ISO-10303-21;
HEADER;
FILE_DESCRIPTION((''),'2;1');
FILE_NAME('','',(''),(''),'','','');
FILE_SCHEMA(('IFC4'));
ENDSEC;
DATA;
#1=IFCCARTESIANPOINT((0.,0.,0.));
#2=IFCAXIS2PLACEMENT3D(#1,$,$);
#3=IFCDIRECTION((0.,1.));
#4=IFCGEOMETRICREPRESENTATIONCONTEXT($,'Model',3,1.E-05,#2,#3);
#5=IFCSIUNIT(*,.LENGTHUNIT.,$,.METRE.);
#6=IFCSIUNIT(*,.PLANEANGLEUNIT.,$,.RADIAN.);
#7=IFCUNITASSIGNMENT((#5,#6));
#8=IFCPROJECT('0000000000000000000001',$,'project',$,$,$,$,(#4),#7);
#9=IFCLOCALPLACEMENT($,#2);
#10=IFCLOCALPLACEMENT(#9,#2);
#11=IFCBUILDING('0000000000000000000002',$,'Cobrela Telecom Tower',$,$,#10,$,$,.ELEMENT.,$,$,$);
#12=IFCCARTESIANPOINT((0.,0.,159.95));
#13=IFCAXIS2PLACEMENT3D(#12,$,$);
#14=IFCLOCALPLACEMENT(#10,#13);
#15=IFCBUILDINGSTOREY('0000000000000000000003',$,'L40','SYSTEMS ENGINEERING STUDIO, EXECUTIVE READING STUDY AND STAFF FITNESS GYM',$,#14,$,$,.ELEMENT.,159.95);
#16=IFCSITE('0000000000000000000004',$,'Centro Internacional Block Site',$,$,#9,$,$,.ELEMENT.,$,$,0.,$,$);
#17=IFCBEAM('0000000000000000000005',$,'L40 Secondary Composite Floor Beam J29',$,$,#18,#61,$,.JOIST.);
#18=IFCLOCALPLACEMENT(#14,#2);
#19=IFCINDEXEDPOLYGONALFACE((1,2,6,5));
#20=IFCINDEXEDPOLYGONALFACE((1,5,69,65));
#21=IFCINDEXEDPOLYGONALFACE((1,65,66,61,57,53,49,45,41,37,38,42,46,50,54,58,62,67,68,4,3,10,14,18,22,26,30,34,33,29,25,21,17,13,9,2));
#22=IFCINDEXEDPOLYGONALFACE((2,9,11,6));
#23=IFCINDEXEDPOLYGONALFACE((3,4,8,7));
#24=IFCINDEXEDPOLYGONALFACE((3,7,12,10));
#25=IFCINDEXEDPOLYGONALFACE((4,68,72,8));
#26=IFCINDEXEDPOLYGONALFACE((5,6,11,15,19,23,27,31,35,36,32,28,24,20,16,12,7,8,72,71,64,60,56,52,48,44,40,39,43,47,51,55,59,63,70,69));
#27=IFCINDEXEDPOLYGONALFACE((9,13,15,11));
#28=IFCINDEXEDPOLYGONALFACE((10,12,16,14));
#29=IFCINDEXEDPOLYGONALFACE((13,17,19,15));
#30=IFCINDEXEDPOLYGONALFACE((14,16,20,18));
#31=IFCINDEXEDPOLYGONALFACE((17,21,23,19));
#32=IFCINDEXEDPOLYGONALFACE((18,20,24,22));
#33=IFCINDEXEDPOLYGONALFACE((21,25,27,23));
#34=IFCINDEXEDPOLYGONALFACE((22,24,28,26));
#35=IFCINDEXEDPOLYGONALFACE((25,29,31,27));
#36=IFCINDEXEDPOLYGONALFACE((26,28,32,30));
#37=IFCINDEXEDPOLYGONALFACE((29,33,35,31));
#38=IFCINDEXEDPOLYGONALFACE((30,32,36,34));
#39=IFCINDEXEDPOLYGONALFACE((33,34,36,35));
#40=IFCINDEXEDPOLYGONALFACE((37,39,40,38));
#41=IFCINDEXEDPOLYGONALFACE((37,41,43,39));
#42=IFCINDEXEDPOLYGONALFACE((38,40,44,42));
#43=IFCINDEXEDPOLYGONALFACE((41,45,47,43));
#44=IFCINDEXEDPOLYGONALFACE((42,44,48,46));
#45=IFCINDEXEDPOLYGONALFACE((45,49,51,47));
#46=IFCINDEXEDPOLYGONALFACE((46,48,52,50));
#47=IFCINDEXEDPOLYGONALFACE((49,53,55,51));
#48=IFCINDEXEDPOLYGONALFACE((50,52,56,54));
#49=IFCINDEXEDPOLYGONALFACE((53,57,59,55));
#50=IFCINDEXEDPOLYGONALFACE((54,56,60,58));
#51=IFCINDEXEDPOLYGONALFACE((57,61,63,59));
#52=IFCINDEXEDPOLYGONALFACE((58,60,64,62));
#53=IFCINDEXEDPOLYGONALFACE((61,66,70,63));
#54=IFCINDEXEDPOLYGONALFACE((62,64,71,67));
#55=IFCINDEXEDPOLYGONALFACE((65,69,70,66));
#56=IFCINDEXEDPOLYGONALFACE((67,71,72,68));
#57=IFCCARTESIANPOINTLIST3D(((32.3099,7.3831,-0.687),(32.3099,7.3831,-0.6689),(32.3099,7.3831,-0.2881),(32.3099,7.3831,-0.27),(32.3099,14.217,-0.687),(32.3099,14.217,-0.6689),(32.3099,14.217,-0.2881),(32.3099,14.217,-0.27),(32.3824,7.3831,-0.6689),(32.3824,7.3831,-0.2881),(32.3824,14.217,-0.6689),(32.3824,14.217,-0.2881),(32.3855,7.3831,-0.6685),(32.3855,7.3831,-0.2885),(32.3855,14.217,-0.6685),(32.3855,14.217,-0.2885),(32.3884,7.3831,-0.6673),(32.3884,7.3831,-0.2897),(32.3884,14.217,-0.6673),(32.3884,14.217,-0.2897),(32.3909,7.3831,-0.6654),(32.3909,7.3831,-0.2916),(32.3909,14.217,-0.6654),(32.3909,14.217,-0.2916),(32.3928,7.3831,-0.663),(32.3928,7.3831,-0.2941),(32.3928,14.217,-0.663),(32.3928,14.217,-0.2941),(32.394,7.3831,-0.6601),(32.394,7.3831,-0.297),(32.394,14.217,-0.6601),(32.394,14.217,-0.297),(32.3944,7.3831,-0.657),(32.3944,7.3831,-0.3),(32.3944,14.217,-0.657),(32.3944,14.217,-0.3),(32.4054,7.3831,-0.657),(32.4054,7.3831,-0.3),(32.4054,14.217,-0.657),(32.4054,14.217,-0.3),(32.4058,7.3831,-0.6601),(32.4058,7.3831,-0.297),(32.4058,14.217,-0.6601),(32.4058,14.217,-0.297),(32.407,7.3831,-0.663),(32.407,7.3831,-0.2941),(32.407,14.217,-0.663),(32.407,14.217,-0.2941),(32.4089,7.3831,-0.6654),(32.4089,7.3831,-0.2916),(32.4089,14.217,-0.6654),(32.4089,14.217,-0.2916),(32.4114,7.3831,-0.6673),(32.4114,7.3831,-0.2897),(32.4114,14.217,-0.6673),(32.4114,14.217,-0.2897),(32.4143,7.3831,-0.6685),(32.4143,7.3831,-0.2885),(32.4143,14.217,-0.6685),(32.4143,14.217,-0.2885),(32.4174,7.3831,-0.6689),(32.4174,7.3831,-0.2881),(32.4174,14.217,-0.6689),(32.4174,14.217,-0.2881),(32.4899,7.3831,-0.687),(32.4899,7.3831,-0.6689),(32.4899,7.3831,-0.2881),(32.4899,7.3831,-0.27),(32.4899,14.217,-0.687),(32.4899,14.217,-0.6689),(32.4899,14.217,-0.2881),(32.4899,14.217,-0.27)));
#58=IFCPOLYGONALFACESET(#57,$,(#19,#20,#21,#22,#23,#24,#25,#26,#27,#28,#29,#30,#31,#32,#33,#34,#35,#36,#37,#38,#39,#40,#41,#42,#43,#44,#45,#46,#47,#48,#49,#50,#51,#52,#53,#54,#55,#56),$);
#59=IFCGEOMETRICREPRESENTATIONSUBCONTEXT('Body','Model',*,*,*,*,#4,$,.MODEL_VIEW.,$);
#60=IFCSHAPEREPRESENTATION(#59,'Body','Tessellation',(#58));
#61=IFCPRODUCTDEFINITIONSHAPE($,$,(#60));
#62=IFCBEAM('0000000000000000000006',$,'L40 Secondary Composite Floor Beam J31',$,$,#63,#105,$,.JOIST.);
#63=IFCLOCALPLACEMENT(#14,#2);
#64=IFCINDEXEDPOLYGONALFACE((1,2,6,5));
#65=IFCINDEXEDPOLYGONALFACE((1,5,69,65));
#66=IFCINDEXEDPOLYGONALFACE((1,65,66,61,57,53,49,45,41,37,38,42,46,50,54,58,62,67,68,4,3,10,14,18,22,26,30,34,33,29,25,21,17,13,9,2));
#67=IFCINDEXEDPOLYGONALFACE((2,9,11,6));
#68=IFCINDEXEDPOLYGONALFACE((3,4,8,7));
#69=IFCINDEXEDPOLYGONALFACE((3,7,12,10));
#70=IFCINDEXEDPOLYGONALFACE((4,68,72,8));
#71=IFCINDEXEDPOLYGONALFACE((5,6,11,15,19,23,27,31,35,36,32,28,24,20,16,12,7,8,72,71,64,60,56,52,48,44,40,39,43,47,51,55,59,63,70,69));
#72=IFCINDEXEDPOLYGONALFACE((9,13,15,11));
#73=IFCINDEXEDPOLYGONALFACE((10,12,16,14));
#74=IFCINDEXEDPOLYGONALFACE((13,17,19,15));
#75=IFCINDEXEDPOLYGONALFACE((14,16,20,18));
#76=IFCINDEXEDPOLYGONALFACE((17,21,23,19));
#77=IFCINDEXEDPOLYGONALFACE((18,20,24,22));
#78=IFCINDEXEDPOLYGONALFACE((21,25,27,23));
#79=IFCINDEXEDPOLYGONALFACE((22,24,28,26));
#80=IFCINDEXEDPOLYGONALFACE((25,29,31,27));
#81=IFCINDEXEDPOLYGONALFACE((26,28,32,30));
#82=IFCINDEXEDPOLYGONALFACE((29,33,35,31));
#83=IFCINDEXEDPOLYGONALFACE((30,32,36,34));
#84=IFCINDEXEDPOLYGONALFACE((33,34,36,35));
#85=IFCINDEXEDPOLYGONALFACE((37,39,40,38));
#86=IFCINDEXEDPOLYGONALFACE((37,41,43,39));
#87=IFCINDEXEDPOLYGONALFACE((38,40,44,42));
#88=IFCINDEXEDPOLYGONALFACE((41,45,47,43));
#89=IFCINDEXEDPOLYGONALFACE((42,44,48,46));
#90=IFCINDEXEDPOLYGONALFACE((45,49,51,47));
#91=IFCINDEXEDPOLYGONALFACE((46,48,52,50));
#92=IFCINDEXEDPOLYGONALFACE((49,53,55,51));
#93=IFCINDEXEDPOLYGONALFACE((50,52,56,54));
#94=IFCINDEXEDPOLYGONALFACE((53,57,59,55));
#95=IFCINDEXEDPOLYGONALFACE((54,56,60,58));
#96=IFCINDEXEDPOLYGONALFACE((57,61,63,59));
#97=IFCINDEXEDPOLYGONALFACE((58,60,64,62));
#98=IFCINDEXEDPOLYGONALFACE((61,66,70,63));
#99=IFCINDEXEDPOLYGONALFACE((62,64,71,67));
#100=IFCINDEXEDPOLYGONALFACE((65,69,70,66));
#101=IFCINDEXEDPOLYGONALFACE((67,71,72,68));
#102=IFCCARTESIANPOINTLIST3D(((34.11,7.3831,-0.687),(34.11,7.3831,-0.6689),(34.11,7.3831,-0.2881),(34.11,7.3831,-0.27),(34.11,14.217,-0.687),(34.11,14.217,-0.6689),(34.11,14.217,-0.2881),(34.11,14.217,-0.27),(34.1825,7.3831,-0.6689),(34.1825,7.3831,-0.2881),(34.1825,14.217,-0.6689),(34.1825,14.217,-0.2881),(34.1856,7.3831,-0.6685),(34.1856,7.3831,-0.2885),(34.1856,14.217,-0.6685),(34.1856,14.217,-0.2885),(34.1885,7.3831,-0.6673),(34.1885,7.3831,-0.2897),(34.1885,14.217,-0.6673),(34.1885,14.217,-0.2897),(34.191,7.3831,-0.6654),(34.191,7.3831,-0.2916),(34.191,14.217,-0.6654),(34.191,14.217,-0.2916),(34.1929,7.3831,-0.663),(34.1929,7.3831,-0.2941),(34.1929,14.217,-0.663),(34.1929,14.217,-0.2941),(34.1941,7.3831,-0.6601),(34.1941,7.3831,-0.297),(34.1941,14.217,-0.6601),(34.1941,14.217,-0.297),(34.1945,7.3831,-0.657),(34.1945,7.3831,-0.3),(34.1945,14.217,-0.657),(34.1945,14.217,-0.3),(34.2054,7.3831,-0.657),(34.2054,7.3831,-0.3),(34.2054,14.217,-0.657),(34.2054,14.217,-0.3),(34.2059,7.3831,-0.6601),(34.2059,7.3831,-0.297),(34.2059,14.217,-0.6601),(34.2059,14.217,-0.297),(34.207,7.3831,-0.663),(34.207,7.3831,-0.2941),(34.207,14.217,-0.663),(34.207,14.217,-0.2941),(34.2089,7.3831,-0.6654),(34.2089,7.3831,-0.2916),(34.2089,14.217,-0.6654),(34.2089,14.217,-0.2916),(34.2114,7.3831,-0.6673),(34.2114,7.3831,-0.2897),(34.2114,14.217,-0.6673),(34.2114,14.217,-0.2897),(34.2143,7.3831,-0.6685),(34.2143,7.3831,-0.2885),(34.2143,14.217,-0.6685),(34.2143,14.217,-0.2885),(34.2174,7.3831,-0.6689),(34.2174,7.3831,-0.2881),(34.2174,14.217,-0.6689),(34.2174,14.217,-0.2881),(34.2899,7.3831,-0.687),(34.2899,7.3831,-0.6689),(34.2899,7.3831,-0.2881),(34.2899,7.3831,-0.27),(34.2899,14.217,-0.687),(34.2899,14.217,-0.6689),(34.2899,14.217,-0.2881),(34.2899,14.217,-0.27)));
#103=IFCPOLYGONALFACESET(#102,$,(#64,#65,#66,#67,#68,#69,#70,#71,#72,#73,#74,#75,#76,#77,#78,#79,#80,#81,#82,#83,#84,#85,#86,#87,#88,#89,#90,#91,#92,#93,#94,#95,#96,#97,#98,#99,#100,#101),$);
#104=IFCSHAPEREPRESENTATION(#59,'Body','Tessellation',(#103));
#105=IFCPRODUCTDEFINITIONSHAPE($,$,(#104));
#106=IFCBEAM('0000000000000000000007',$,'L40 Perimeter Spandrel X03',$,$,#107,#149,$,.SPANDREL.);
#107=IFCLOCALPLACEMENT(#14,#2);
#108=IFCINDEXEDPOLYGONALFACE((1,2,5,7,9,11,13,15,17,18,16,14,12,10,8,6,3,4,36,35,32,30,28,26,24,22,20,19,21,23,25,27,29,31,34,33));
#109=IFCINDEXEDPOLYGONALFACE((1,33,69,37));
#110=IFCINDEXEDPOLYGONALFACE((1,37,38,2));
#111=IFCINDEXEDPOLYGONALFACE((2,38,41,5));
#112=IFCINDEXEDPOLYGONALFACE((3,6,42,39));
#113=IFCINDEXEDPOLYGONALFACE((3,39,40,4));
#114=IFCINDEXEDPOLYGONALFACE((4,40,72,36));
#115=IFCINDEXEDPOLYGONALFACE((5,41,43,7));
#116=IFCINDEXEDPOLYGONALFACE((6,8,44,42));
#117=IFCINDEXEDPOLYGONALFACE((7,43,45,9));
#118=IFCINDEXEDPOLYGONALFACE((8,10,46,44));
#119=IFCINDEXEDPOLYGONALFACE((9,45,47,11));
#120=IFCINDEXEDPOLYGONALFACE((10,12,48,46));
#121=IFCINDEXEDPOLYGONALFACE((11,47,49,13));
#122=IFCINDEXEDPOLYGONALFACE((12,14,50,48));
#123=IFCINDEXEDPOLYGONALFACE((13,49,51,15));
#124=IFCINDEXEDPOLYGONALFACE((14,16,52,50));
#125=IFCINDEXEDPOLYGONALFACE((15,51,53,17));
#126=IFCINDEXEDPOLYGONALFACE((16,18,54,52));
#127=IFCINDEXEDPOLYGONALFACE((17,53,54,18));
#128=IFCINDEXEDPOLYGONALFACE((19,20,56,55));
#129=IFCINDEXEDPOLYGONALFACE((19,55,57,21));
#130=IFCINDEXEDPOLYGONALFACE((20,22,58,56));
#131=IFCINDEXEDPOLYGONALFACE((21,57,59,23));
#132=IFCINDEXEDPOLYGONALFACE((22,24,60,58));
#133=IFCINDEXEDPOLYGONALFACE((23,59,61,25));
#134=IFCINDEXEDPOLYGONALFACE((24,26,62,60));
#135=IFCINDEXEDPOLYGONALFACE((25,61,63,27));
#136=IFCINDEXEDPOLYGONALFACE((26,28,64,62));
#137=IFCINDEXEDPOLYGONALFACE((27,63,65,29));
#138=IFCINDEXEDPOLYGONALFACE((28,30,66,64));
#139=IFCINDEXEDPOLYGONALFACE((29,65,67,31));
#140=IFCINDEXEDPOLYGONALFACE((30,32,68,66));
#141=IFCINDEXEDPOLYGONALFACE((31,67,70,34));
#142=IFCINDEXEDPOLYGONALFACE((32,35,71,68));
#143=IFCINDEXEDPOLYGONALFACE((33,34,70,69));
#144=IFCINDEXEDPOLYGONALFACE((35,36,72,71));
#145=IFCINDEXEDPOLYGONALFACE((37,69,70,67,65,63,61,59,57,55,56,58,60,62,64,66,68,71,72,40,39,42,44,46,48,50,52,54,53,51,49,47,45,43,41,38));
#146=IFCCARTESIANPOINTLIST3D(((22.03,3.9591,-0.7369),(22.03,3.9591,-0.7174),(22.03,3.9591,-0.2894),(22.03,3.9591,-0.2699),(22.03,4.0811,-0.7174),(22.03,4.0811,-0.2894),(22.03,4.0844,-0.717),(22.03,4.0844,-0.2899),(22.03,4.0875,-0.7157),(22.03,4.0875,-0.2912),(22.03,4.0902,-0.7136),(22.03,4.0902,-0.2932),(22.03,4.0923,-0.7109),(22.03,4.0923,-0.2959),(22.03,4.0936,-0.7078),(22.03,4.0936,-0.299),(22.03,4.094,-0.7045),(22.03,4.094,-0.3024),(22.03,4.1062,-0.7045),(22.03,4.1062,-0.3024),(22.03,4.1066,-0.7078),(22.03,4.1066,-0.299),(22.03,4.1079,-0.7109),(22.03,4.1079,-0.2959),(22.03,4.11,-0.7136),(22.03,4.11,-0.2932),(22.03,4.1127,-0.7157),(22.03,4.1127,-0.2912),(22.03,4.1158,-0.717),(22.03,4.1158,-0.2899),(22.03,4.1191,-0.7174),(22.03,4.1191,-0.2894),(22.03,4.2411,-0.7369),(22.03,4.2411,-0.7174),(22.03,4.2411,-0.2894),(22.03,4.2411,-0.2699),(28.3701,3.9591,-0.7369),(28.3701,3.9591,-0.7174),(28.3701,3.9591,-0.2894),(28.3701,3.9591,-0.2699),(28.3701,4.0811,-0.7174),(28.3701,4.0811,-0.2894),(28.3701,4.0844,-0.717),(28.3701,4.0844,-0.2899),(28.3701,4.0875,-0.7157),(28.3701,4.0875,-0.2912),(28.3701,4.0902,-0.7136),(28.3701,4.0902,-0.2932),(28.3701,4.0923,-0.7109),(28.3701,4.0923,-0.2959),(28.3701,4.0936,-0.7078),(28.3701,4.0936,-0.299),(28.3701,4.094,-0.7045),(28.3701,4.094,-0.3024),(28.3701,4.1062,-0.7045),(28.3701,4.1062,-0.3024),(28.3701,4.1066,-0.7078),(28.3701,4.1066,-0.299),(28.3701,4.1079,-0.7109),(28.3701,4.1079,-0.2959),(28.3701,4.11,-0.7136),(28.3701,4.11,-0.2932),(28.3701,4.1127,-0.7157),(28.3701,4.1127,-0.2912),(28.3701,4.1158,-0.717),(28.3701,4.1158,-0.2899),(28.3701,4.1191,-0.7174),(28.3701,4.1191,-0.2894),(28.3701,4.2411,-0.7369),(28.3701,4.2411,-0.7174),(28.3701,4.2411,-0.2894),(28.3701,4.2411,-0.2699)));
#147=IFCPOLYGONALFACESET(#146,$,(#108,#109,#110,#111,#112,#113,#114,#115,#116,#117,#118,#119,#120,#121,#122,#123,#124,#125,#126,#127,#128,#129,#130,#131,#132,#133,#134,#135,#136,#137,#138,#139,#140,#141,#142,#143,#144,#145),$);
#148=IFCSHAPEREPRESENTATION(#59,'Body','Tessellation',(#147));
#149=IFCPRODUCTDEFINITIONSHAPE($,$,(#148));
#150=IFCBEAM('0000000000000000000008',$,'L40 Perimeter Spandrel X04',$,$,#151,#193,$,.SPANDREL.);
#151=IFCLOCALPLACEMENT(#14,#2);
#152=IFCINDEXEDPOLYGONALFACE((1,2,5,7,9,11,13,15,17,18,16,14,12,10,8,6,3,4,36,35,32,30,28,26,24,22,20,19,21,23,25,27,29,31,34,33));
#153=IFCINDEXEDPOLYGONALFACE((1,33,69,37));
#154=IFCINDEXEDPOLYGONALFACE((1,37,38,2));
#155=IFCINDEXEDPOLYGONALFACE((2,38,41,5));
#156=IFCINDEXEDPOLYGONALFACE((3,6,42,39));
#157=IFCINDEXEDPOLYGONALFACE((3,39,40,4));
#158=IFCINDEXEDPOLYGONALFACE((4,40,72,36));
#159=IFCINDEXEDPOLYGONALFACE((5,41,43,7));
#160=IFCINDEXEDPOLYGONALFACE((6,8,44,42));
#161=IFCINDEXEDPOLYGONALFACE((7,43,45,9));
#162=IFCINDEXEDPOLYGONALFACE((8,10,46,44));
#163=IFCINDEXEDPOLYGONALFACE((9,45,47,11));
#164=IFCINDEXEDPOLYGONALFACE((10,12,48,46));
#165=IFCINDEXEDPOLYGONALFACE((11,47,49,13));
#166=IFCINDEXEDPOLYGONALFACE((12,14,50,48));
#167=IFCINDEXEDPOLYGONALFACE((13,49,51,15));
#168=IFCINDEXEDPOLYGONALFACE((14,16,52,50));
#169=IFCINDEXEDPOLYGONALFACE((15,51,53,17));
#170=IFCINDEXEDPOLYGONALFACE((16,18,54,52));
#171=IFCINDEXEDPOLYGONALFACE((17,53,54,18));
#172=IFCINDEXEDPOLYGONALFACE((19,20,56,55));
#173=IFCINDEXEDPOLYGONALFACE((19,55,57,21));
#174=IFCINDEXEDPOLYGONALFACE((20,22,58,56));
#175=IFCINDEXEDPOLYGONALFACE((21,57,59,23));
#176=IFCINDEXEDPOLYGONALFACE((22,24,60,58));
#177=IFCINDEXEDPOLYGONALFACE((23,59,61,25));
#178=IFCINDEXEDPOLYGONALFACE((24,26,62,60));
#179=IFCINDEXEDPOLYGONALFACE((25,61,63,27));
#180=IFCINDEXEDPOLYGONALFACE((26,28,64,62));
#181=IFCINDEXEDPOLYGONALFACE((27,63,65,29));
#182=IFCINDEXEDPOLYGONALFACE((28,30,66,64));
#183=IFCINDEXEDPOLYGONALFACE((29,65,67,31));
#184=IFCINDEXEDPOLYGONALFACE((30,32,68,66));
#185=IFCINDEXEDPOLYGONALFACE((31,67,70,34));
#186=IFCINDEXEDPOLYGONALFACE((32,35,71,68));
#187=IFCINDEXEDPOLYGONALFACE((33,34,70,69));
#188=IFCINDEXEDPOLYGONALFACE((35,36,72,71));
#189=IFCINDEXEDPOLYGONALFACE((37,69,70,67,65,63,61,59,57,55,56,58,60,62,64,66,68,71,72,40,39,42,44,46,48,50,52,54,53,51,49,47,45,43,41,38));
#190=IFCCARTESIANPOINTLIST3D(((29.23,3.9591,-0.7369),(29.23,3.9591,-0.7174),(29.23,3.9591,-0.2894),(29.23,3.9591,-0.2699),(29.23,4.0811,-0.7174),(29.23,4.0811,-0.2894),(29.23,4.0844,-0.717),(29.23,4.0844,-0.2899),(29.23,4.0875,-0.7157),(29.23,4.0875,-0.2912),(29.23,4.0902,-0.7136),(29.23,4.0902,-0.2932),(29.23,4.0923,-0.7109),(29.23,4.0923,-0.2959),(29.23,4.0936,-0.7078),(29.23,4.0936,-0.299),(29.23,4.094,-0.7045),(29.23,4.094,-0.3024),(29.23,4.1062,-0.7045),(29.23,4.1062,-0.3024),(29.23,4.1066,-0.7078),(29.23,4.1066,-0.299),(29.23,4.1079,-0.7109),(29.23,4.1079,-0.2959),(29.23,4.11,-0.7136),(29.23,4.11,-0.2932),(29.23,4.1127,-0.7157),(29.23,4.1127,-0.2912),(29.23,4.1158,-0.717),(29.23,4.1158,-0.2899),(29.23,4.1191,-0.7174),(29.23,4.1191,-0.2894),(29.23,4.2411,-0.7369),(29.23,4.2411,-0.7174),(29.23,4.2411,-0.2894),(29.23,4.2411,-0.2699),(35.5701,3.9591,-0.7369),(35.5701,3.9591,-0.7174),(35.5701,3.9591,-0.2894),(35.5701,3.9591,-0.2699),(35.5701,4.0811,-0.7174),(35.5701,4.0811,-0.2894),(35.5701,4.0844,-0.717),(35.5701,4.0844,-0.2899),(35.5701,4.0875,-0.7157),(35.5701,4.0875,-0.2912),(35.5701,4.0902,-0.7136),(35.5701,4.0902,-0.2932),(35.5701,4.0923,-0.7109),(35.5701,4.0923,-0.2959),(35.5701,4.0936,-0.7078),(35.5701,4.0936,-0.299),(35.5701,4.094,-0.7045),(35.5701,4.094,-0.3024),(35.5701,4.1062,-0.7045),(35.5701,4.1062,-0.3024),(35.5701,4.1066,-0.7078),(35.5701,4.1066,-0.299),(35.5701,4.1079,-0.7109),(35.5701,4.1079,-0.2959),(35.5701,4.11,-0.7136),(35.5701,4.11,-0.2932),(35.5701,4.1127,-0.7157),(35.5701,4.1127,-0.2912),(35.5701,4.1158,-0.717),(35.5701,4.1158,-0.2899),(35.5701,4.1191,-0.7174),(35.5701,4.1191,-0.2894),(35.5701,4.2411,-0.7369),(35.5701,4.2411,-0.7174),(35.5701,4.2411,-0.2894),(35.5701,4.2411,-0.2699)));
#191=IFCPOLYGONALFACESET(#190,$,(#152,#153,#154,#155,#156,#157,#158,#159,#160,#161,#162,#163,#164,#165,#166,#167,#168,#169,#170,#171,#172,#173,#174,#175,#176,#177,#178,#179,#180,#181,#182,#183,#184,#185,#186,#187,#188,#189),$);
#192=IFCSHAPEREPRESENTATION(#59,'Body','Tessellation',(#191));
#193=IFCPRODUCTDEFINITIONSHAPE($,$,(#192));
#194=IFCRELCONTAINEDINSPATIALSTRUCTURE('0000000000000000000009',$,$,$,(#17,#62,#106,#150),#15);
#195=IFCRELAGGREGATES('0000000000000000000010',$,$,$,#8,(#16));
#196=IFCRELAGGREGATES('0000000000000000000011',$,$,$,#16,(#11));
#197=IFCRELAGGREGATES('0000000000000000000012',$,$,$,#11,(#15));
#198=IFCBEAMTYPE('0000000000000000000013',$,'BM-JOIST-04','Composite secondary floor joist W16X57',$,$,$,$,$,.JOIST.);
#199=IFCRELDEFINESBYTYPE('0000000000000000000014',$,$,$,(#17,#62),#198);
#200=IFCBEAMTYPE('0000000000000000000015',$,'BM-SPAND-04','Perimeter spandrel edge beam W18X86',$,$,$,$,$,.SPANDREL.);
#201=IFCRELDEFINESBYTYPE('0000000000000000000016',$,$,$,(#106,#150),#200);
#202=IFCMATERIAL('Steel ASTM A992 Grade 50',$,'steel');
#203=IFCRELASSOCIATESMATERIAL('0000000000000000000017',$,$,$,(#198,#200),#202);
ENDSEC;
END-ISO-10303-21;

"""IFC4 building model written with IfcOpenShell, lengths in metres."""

from ifc_helpers import new_model, si_unit, direction, frame, origin, origin_2d, place, context, subcontext, project, spatial, i_section, extrude, material, material_profile, profile_set, type_object, element, save


model = new_model("IFC4")

# Units and contexts
model_context = context("Model", 3, precision=1e-05, world=origin(), true_north=direction((0.0, 1.0)))
body_context = subcontext(model_context, "Body", "Model", "MODEL_VIEW")
ifc_project = project(units=[si_unit("LENGTHUNIT", "METRE"), si_unit("PLANEANGLEUNIT", "RADIAN")], contexts=[model_context])

# Site, building, storey
site_placement = place(None, origin())
site = spatial("IfcSite", under=ifc_project, at=site_placement, Name="Centro Internacional Block Site", CompositionType="ELEMENT", RefElevation=0.0)
building_placement = place(site_placement, origin())
building = spatial("IfcBuilding", under=site, at=building_placement, Name="Cobrela Telecom Tower", CompositionType="ELEMENT")
storey_placement = place(building_placement, frame((0.0, 0.0, 159.95)))
storey = spatial("IfcBuildingStorey", under=building, at=storey_placement, Name="L40", Description="SYSTEMS ENGINEERING STUDIO, EXECUTIVE READING STUDY AND STAFF FITNESS GYM", CompositionType="ELEMENT", Elevation=159.95)

# Shared definitions
ifc_material_1 = material(Name="Steel ASTM A992 Grade 50", Category="steel")

# Beams
ifc_material_profile_1 = material_profile(ifc_material_1, i_section(OverallWidth=0.1799, OverallDepth=0.417, WebThickness=0.011, FlangeThickness=0.0181, FilletRadius=0.012, at=origin_2d()), Name="W16X57")
ifc_profile_set_1 = profile_set([ifc_material_profile_1], Name="Steel ASTM A992 Grade 50")
beam_type_1 = type_object("IfcBeamType", Name="BM-JOIST-04", Description="Composite secondary floor joist W16X57", PredefinedType="JOIST", material=ifc_profile_set_1)
for number, where, z_axis, x_axis, name in (
    (1, (32.3999, 7.3831, -0.4785), (0.0, 1.0, 0.0), (-1.0, 0.0, 0.0), "L40 Secondary Composite Floor Beam J29"),
    (2, (34.2, 7.3831, -0.4785), (0.0, 1.0, 0.0), (-1.0, 0.0, 0.0), "L40 Secondary Composite Floor Beam J31"),
):
    element("IfcBeam", number, at=place(storey_placement, frame(where, z_axis=z_axis, x_axis=x_axis)), inside=storey, type_object=beam_type_1, Name=name, PredefinedType="JOIST", context=body_context, shape_type="SweptSolid", body=[
        extrude(i_section(OverallWidth=0.1799, OverallDepth=0.417, WebThickness=0.011, FlangeThickness=0.0181, FilletRadius=0.012, at=origin_2d()), origin(), (0.0, 0.0, 1.0), 6.834),
    ])
ifc_material_profile_2 = material_profile(ifc_material_1, i_section(OverallWidth=0.282, OverallDepth=0.467, WebThickness=0.0122, FlangeThickness=0.0195, FilletRadius=0.0129, at=origin_2d()), Name="W18X86")
ifc_profile_set_2 = profile_set([ifc_material_profile_2], Name="Steel ASTM A992 Grade 50")
beam_type_2 = type_object("IfcBeamType", Name="BM-SPAND-04", Description="Perimeter spandrel edge beam W18X86", PredefinedType="SPANDREL", material=ifc_profile_set_2)
for number, where, z_axis, x_axis, name in (
    (3, (22.03, 4.1001, -0.5034), (1.0, 0.0, 0.0), (0.0, 1.0, 0.0), "L40 Perimeter Spandrel X03"),
    (4, (29.23, 4.1001, -0.5034), (1.0, 0.0, 0.0), (0.0, 1.0, 0.0), "L40 Perimeter Spandrel X04"),
):
    element("IfcBeam", number, at=place(storey_placement, frame(where, z_axis=z_axis, x_axis=x_axis)), inside=storey, type_object=beam_type_2, Name=name, PredefinedType="SPANDREL", context=body_context, shape_type="SweptSolid", body=[
        extrude(i_section(OverallWidth=0.282, OverallDepth=0.467, WebThickness=0.0122, FlangeThickness=0.0195, FilletRadius=0.0129, at=origin_2d()), origin(), (0.0, 0.0, 1.0), 6.3401),
    ])

save(model, "model.ifc")
